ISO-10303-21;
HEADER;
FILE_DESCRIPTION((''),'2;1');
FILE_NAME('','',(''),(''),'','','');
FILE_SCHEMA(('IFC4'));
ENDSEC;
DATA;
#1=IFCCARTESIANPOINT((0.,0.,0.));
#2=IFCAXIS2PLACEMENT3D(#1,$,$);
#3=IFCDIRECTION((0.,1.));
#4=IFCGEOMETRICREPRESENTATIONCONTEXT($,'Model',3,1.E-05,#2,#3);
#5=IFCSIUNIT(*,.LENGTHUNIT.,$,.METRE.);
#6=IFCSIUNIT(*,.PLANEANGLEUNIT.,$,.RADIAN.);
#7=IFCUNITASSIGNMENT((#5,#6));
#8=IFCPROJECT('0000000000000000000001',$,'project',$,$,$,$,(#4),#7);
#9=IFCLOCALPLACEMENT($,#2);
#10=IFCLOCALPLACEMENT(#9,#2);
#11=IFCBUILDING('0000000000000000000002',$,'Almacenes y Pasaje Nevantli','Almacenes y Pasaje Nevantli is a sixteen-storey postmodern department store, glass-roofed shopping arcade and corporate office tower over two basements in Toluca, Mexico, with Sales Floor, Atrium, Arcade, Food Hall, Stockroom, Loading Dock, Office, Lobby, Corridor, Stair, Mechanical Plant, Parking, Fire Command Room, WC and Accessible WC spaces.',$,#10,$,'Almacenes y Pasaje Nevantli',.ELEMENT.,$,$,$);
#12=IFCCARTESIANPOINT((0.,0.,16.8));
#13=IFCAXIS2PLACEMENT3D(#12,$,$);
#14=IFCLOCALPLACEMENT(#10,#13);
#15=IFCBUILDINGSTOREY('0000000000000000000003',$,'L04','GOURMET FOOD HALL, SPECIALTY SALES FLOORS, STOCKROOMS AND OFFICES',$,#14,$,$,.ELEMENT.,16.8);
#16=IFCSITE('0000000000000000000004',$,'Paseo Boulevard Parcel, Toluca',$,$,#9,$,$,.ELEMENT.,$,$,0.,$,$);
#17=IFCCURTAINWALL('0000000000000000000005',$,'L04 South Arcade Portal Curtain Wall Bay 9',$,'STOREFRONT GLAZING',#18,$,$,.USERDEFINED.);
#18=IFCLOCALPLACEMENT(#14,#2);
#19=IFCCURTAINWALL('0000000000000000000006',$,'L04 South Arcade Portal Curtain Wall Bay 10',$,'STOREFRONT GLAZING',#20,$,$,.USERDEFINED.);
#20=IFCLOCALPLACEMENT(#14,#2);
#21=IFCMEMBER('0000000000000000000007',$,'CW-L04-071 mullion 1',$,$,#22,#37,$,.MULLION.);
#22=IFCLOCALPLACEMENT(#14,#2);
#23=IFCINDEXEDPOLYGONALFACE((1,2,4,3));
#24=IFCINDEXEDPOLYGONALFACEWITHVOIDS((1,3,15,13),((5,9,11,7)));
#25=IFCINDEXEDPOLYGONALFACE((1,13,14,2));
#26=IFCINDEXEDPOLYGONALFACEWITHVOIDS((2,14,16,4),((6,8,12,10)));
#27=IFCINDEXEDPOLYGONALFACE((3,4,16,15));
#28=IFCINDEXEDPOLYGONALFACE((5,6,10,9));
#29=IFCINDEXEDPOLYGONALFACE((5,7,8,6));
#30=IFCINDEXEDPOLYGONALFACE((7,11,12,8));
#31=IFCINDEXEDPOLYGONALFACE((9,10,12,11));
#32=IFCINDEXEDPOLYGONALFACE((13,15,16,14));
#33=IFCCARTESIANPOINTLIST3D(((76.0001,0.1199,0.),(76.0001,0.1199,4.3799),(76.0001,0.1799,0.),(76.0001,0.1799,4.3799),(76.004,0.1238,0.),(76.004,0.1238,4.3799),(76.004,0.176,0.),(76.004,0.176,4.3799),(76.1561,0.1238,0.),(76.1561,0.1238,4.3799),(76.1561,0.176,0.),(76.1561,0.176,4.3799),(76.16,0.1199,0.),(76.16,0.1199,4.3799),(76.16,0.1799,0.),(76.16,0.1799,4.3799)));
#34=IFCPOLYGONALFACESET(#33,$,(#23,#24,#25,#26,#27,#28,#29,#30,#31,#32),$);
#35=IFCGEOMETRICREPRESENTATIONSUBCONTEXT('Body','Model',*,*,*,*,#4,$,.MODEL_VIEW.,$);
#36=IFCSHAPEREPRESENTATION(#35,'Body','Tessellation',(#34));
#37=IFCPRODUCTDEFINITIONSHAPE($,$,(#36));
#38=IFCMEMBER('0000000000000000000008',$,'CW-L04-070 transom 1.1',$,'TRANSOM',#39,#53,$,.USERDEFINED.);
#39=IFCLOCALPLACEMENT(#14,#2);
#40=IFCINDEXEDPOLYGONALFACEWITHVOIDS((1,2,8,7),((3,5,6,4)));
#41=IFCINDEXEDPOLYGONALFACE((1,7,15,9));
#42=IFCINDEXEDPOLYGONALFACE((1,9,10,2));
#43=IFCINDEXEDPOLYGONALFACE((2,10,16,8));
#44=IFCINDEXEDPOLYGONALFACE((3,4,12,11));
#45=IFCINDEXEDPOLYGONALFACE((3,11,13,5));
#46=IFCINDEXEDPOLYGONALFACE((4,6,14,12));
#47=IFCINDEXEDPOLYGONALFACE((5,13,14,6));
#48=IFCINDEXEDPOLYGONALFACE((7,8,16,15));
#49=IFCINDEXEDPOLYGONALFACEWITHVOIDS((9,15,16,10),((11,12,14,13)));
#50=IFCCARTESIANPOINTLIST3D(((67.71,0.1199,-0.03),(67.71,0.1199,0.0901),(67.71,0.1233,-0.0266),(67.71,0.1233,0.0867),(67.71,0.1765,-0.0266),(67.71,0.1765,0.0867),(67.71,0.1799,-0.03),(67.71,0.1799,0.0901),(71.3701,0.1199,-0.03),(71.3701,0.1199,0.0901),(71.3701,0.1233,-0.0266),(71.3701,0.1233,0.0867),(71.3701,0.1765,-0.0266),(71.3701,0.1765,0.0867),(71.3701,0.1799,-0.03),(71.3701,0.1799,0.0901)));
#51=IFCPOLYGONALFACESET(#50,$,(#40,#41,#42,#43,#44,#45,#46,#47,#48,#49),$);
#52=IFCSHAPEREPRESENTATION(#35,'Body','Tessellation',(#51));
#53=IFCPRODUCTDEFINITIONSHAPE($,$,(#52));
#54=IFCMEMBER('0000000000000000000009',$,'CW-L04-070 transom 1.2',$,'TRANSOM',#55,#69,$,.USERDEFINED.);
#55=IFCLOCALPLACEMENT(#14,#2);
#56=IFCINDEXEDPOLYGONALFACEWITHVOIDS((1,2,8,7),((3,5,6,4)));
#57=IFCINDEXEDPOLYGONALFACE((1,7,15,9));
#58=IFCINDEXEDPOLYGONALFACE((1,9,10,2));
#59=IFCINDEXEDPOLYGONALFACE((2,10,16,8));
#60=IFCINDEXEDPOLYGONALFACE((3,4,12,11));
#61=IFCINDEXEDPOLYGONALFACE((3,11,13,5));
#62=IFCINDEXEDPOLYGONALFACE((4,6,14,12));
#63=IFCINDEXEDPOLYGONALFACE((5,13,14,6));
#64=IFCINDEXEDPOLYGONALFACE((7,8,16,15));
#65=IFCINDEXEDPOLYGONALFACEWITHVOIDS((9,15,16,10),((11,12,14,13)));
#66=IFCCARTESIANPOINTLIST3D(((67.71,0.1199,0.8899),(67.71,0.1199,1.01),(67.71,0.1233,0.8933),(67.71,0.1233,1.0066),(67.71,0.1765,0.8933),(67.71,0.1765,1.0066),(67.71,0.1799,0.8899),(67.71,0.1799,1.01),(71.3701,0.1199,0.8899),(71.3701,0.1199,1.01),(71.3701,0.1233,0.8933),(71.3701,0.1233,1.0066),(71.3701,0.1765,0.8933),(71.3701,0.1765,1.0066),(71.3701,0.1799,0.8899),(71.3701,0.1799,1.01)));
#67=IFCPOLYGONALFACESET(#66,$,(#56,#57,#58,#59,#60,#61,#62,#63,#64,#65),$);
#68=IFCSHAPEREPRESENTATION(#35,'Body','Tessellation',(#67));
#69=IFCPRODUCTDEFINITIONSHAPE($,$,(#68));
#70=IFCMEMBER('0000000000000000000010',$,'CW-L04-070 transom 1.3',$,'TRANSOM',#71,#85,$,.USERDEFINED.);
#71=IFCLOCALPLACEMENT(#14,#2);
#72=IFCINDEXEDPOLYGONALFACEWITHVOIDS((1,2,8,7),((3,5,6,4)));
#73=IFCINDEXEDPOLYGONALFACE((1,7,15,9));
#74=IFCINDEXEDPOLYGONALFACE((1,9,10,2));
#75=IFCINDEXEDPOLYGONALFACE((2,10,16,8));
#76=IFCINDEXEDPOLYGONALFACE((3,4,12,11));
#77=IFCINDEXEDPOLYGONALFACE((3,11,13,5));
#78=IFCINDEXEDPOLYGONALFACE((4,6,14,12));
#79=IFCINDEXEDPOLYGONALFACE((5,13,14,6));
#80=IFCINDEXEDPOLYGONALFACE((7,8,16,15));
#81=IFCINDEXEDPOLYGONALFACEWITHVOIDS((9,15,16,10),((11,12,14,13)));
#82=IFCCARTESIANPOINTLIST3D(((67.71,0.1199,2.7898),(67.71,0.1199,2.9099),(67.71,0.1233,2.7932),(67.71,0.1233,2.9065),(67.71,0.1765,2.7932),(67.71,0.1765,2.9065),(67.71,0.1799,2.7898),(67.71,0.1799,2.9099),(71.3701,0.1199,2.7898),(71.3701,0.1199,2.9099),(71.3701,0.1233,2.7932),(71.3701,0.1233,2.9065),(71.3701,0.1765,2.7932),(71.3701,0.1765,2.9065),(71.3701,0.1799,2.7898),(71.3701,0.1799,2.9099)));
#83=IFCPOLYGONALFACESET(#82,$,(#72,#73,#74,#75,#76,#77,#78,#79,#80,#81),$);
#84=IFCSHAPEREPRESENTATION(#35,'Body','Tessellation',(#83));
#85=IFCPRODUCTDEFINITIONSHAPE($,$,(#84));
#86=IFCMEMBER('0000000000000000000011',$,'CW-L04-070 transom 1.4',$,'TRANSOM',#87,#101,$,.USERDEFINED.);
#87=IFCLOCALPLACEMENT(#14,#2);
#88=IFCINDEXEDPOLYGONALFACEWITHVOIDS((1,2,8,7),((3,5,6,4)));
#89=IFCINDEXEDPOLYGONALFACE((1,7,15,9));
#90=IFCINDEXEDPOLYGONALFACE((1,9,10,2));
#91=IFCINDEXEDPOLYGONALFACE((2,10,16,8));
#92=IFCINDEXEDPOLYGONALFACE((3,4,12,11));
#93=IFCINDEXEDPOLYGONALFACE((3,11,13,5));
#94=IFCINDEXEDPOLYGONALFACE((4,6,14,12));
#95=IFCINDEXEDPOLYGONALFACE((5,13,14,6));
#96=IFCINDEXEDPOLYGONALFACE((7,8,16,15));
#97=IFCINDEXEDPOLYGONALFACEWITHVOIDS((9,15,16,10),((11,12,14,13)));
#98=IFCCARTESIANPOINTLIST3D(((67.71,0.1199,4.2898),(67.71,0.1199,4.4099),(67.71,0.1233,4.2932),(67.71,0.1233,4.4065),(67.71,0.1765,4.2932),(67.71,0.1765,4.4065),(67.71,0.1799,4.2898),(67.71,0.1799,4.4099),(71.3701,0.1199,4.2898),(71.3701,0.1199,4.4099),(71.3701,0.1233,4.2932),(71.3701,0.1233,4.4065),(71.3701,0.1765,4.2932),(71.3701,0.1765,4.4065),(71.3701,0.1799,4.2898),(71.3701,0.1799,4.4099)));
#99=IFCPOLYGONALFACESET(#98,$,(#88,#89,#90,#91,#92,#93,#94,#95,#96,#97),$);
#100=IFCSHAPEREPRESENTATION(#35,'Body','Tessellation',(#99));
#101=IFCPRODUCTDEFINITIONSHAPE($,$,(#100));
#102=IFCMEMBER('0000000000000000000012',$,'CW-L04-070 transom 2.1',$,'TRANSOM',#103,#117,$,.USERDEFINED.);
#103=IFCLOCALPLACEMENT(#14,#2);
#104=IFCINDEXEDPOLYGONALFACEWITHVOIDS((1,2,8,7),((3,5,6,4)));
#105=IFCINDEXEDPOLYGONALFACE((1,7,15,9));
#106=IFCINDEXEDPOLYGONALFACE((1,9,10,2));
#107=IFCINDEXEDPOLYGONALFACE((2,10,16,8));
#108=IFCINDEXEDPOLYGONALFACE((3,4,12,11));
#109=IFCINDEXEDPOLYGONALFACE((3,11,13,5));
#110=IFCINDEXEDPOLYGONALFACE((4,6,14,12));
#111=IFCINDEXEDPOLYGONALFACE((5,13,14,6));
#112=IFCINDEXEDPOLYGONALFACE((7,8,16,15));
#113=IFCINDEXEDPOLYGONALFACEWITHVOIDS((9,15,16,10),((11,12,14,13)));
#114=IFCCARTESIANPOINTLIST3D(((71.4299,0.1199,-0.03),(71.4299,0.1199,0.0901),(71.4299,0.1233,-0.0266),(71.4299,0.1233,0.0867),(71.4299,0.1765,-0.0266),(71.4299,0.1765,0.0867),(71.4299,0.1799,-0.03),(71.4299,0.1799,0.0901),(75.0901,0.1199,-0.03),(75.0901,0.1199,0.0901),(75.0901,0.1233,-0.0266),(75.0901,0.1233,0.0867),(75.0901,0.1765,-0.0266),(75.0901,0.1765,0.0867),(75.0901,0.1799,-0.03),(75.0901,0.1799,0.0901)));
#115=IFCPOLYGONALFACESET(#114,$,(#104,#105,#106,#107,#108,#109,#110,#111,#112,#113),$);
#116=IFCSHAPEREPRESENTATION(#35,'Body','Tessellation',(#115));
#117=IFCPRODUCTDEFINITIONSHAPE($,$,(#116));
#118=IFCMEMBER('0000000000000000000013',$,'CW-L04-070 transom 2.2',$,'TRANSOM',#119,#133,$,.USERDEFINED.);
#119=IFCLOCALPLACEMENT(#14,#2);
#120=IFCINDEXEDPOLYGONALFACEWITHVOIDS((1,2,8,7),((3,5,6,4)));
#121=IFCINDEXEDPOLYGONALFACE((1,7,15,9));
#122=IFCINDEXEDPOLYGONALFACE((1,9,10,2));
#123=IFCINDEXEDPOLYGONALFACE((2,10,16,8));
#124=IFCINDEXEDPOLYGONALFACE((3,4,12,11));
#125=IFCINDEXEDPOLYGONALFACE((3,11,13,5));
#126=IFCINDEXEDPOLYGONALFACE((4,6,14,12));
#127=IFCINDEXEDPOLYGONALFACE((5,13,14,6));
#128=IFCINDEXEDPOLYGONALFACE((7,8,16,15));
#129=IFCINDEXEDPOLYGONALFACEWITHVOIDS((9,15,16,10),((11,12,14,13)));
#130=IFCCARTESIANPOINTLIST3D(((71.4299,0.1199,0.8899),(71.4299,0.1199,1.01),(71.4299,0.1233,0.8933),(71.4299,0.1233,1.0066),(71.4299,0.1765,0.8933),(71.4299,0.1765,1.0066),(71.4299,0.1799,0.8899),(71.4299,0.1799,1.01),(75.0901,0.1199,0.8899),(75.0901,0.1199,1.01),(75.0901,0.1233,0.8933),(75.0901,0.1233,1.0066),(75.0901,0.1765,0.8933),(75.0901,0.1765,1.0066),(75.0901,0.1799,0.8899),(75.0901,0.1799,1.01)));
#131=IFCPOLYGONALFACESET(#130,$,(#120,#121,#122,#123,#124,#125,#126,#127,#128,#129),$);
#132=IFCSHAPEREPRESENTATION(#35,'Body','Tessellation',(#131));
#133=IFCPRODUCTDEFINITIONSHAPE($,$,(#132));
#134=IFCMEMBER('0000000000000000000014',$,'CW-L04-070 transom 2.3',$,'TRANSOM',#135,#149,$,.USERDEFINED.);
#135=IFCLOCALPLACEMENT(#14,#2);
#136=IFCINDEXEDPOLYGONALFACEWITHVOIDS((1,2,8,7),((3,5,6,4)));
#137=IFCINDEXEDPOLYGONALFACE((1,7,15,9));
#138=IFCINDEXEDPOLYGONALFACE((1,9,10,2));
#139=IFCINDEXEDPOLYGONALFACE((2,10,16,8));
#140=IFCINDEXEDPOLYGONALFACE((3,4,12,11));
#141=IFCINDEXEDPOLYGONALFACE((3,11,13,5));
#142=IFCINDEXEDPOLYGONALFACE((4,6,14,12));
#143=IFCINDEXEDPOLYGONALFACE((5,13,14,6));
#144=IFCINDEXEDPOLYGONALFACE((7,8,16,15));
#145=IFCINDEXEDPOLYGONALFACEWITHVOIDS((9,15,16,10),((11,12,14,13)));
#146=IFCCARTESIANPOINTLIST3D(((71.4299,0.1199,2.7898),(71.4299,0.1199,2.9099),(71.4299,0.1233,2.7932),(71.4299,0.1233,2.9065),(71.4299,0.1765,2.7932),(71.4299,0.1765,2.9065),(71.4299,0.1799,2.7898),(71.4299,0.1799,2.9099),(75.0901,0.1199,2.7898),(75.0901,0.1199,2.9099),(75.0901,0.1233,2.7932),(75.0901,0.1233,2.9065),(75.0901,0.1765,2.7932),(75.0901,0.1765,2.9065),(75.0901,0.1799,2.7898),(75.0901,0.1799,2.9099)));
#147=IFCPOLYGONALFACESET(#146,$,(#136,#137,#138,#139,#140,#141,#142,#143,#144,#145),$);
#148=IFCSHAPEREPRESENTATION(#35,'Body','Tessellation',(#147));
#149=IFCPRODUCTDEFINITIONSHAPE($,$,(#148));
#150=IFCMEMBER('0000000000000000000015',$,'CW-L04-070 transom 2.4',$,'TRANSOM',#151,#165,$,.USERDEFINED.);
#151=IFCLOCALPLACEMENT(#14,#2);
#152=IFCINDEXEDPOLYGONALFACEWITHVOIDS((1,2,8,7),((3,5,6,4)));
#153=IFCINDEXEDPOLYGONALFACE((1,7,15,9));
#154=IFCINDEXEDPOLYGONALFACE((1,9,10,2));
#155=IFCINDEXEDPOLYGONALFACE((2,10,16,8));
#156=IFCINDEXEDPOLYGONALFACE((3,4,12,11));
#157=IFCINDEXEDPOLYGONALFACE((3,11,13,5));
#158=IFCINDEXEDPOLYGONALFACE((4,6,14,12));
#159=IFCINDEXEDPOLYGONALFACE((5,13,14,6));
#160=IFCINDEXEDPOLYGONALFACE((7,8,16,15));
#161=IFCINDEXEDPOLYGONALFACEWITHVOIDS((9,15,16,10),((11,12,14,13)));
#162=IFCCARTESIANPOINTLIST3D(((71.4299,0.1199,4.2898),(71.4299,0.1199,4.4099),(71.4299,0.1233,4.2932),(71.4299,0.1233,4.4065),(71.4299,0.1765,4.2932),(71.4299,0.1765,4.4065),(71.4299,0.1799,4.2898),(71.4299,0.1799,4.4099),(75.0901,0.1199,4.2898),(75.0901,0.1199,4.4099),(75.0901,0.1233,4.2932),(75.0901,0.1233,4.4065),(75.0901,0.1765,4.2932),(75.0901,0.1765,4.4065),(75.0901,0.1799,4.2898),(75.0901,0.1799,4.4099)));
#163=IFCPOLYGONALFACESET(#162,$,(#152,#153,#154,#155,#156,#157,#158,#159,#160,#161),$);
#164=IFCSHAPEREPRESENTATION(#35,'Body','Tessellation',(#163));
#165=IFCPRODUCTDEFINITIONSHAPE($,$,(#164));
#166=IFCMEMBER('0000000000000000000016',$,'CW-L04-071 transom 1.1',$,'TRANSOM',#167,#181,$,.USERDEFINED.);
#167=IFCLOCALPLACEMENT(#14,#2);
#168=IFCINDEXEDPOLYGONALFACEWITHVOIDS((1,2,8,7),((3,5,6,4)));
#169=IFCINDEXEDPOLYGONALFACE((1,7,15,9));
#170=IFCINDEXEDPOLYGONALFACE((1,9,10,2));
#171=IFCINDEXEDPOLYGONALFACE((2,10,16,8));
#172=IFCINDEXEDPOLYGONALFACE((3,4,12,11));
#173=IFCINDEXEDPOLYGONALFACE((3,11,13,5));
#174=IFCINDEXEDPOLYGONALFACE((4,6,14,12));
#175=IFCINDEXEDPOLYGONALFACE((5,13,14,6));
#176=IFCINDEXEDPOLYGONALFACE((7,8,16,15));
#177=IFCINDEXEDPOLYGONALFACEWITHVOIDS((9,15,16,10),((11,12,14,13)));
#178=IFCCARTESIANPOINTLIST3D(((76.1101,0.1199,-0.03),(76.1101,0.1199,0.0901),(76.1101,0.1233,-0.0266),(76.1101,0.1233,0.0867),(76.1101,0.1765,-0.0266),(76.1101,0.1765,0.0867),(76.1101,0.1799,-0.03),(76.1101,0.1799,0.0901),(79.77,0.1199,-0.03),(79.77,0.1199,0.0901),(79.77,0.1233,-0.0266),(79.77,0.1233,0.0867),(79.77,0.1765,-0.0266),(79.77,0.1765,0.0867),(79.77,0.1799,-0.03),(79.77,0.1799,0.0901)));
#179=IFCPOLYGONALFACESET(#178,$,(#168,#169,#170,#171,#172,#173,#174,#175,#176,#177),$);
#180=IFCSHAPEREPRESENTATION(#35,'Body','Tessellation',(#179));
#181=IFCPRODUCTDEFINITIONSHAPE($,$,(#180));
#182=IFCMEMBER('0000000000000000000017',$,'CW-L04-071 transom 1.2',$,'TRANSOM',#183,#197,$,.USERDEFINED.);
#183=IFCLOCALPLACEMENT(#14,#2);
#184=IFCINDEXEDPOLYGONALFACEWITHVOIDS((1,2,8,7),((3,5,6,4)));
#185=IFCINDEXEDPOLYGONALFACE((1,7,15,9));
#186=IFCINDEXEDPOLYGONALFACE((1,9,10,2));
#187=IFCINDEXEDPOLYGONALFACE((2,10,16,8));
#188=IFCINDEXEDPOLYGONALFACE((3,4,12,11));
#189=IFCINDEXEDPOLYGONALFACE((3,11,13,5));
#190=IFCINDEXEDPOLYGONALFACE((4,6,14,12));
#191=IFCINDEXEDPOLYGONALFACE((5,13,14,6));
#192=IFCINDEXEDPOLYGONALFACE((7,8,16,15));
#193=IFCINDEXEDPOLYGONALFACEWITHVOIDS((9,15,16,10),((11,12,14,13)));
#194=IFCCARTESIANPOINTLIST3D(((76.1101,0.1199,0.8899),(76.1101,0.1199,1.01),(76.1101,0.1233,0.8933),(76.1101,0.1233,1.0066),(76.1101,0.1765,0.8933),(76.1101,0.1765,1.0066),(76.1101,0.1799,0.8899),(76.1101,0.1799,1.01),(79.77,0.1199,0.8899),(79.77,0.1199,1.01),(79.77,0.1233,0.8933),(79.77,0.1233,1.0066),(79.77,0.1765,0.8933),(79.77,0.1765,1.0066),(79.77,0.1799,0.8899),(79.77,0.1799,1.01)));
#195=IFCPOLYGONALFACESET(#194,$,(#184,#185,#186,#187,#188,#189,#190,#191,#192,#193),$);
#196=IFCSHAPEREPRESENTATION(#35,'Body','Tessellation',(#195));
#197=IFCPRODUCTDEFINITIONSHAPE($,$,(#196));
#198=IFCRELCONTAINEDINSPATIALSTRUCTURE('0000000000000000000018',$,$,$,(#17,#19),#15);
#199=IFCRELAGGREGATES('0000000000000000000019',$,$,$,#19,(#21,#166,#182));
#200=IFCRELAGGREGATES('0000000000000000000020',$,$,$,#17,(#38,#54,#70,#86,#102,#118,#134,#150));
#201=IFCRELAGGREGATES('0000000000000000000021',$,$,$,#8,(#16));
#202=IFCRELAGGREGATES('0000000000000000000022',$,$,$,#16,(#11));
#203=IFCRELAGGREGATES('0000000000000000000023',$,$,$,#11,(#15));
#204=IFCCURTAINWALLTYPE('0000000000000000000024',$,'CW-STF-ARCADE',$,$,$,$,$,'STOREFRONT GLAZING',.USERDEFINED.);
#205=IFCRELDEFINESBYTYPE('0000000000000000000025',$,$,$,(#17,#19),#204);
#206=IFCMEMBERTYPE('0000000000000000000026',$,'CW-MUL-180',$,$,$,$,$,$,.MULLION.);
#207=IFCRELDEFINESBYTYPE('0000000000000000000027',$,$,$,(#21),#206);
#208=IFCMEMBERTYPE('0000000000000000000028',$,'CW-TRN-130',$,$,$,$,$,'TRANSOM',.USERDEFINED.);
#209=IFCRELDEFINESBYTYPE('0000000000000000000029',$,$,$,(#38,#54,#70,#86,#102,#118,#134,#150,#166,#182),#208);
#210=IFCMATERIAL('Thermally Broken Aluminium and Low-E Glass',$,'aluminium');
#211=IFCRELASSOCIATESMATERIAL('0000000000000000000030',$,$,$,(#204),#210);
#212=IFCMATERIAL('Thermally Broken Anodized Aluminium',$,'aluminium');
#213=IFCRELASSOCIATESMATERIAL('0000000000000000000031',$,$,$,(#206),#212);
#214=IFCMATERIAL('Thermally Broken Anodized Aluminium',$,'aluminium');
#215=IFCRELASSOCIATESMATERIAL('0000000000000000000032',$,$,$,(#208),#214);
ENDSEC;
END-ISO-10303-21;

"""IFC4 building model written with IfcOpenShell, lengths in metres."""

from ifc_helpers import new_model, si_unit, direction, frame, origin, origin_2d, place, context, subcontext, project, spatial, hollow_rectangle, extrude, material, material_profile, profile_set, type_object, element, aggregate, save


model = new_model("IFC4")

# Units and contexts
model_context = context("Model", 3, precision=1e-05, world=origin(), true_north=direction((0.0, 1.0)))
body_context = subcontext(model_context, "Body", "Model", "MODEL_VIEW")
ifc_project = project(units=[si_unit("LENGTHUNIT", "METRE"), si_unit("PLANEANGLEUNIT", "RADIAN")], contexts=[model_context])

# Site, building, storey
site_placement = place(None, origin())
site = spatial("IfcSite", under=ifc_project, at=site_placement, Name="Paseo Boulevard Parcel, Toluca", CompositionType="ELEMENT", RefElevation=0.0)
building_placement = place(site_placement, origin())
building = spatial("IfcBuilding", under=site, at=building_placement, Name="Almacenes y Pasaje Nevantli", Description="Almacenes y Pasaje Nevantli is a sixteen-storey postmodern department store, glass-roofed shopping arcade and corporate office tower over two basements in Toluca, Mexico, with Sales Floor, Atrium, Arcade, Food Hall, Stockroom, Loading Dock, Office, Lobby, Corridor, Stair, Mechanical Plant, Parking, Fire Command Room, WC and Accessible WC spaces.", LongName="Almacenes y Pasaje Nevantli", CompositionType="ELEMENT")
storey_placement = place(building_placement, frame((0.0, 0.0, 16.8)))
storey = spatial("IfcBuildingStorey", under=building, at=storey_placement, Name="L04", Description="GOURMET FOOD HALL, SPECIALTY SALES FLOORS, STOCKROOMS AND OFFICES", CompositionType="ELEMENT", Elevation=16.8)

# Curtain wall
ifc_material_1 = material(Name="Thermally Broken Aluminium and Low-E Glass", Category="aluminium")
curtain_wall_type = type_object("IfcCurtainWallType", Name="CW-STF-ARCADE", ElementType="STOREFRONT GLAZING", PredefinedType="USERDEFINED", material=ifc_material_1)
curtain_wall_1_placement = place(storey_placement, origin())
curtain_wall_1 = element("IfcCurtainWall", 1, at=curtain_wall_1_placement, inside=storey, type_object=curtain_wall_type, Name="L04 South Arcade Portal Curtain Wall Bay 9", ObjectType="STOREFRONT GLAZING", PredefinedType="USERDEFINED")
ifc_material_2 = material(Name="Thermally Broken Anodized Aluminium", Category="aluminium")
ifc_material_profile_1 = material_profile(ifc_material_2, hollow_rectangle(XDim=0.0601, YDim=0.1599, WallThickness=0.0039, at=origin_2d()), Name="ALU-MUL-60x160")
ifc_profile_set_1 = profile_set([ifc_material_profile_1], Name="Thermally Broken Anodized Aluminium")
member_type_1 = type_object("IfcMemberType", Name="CW-MUL-180", PredefinedType="MULLION", material=ifc_profile_set_1)

# Curtain wall, member
curtain_wall_2_placement = place(storey_placement, origin())
curtain_wall_2 = element("IfcCurtainWall", 2, at=curtain_wall_2_placement, inside=storey, type_object=curtain_wall_type, Name="L04 South Arcade Portal Curtain Wall Bay 10", ObjectType="STOREFRONT GLAZING", PredefinedType="USERDEFINED")
member_1_placement = place(storey_placement, frame((76.0801, 0.1499, 0.0), z_axis=(0.0, 0.0, 1.0), x_axis=(0.0, 1.0, 0.0)))
member_1 = element("IfcMember", 3, at=member_1_placement, type_object=member_type_1, Name="CW-L04-071 mullion 1", PredefinedType="MULLION", context=body_context, shape_type="SweptSolid", body=[
    extrude(hollow_rectangle(XDim=0.0601, YDim=0.1599, WallThickness=0.0039, at=origin_2d()), origin(), (0.0, 0.0, 1.0), 4.3799),
])

# Members
ifc_material_3 = material(Name="Thermally Broken Anodized Aluminium", Category="aluminium")
ifc_material_profile_2 = material_profile(ifc_material_3, hollow_rectangle(XDim=0.0601, YDim=0.1201, WallThickness=0.0034, at=origin_2d()), Name="ALU-TRN-60x120")
ifc_profile_set_2 = profile_set([ifc_material_profile_2], Name="Thermally Broken Anodized Aluminium")
member_type_2 = type_object("IfcMemberType", Name="CW-TRN-130", ElementType="TRANSOM", PredefinedType="USERDEFINED", material=ifc_profile_set_2)
member_2_placement = place(storey_placement, frame((67.71, 0.1499, 0.03), z_axis=(1.0, 0.0, 0.0), x_axis=(0.0, 1.0, 0.0)))
member_2 = element("IfcMember", 4, at=member_2_placement, type_object=member_type_2, Name="CW-L04-070 transom 1.1", ObjectType="TRANSOM", PredefinedType="USERDEFINED", context=body_context, shape_type="SweptSolid", body=[
    extrude(hollow_rectangle(XDim=0.0601, YDim=0.1201, WallThickness=0.0034, at=origin_2d()), origin(), (0.0, 0.0, 1.0), 3.6602),
])
member_3_placement = place(storey_placement, frame((67.71, 0.1499, 0.95), z_axis=(1.0, 0.0, 0.0), x_axis=(0.0, 1.0, 0.0)))
member_3 = element("IfcMember", 5, at=member_3_placement, type_object=member_type_2, Name="CW-L04-070 transom 1.2", ObjectType="TRANSOM", PredefinedType="USERDEFINED", context=body_context, shape_type="SweptSolid", body=[
    extrude(hollow_rectangle(XDim=0.0601, YDim=0.1201, WallThickness=0.0034, at=origin_2d()), origin(), (0.0, 0.0, 1.0), 3.6602),
])
member_4_placement = place(storey_placement, frame((67.71, 0.1499, 2.8499), z_axis=(1.0, 0.0, 0.0), x_axis=(0.0, 1.0, 0.0)))
member_4 = element("IfcMember", 6, at=member_4_placement, type_object=member_type_2, Name="CW-L04-070 transom 1.3", ObjectType="TRANSOM", PredefinedType="USERDEFINED", context=body_context, shape_type="SweptSolid", body=[
    extrude(hollow_rectangle(XDim=0.0601, YDim=0.1201, WallThickness=0.0034, at=origin_2d()), origin(), (0.0, 0.0, 1.0), 3.6602),
])
member_5_placement = place(storey_placement, frame((67.71, 0.1499, 4.3499), z_axis=(1.0, 0.0, 0.0), x_axis=(0.0, 1.0, 0.0)))
member_5 = element("IfcMember", 7, at=member_5_placement, type_object=member_type_2, Name="CW-L04-070 transom 1.4", ObjectType="TRANSOM", PredefinedType="USERDEFINED", context=body_context, shape_type="SweptSolid", body=[
    extrude(hollow_rectangle(XDim=0.0601, YDim=0.1201, WallThickness=0.0034, at=origin_2d()), origin(), (0.0, 0.0, 1.0), 3.6602),
])
member_6_placement = place(storey_placement, frame((71.4299, 0.1499, 0.03), z_axis=(1.0, 0.0, 0.0), x_axis=(0.0, 1.0, 0.0)))
member_6 = element("IfcMember", 8, at=member_6_placement, type_object=member_type_2, Name="CW-L04-070 transom 2.1", ObjectType="TRANSOM", PredefinedType="USERDEFINED", context=body_context, shape_type="SweptSolid", body=[
    extrude(hollow_rectangle(XDim=0.0601, YDim=0.1201, WallThickness=0.0034, at=origin_2d()), origin(), (0.0, 0.0, 1.0), 3.6602),
])
member_7_placement = place(storey_placement, frame((71.4299, 0.1499, 0.95), z_axis=(1.0, 0.0, 0.0), x_axis=(0.0, 1.0, 0.0)))
member_7 = element("IfcMember", 9, at=member_7_placement, type_object=member_type_2, Name="CW-L04-070 transom 2.2", ObjectType="TRANSOM", PredefinedType="USERDEFINED", context=body_context, shape_type="SweptSolid", body=[
    extrude(hollow_rectangle(XDim=0.0601, YDim=0.1201, WallThickness=0.0034, at=origin_2d()), origin(), (0.0, 0.0, 1.0), 3.6602),
])
member_8_placement = place(storey_placement, frame((71.4299, 0.1499, 2.8499), z_axis=(1.0, 0.0, 0.0), x_axis=(0.0, 1.0, 0.0)))
member_8 = element("IfcMember", 10, at=member_8_placement, type_object=member_type_2, Name="CW-L04-070 transom 2.3", ObjectType="TRANSOM", PredefinedType="USERDEFINED", context=body_context, shape_type="SweptSolid", body=[
    extrude(hollow_rectangle(XDim=0.0601, YDim=0.1201, WallThickness=0.0034, at=origin_2d()), origin(), (0.0, 0.0, 1.0), 3.6602),
])
member_9_placement = place(storey_placement, frame((71.4299, 0.1499, 4.3499), z_axis=(1.0, 0.0, 0.0), x_axis=(0.0, 1.0, 0.0)))
member_9 = element("IfcMember", 11, at=member_9_placement, type_object=member_type_2, Name="CW-L04-070 transom 2.4", ObjectType="TRANSOM", PredefinedType="USERDEFINED", context=body_context, shape_type="SweptSolid", body=[
    extrude(hollow_rectangle(XDim=0.0601, YDim=0.1201, WallThickness=0.0034, at=origin_2d()), origin(), (0.0, 0.0, 1.0), 3.6602),
])
member_10_placement = place(storey_placement, frame((76.1101, 0.1499, 0.03), z_axis=(1.0, 0.0, 0.0), x_axis=(0.0, 1.0, 0.0)))
member_10 = element("IfcMember", 12, at=member_10_placement, type_object=member_type_2, Name="CW-L04-071 transom 1.1", ObjectType="TRANSOM", PredefinedType="USERDEFINED", context=body_context, shape_type="SweptSolid", body=[
    extrude(hollow_rectangle(XDim=0.0601, YDim=0.1201, WallThickness=0.0034, at=origin_2d()), origin(), (0.0, 0.0, 1.0), 3.6599),
])
member_11_placement = place(storey_placement, frame((76.1101, 0.1499, 0.95), z_axis=(1.0, 0.0, 0.0), x_axis=(0.0, 1.0, 0.0)))
member_11 = element("IfcMember", 13, at=member_11_placement, type_object=member_type_2, Name="CW-L04-071 transom 1.2", ObjectType="TRANSOM", PredefinedType="USERDEFINED", context=body_context, shape_type="SweptSolid", body=[
    extrude(hollow_rectangle(XDim=0.0601, YDim=0.1201, WallThickness=0.0034, at=origin_2d()), origin(), (0.0, 0.0, 1.0), 3.6599),
])
aggregate(curtain_wall_2, [member_1, member_10, member_11])

aggregate(curtain_wall_1, [member_2, member_3, member_4, member_5, member_6, member_7, member_8, member_9])

save(model, "model.ifc")
